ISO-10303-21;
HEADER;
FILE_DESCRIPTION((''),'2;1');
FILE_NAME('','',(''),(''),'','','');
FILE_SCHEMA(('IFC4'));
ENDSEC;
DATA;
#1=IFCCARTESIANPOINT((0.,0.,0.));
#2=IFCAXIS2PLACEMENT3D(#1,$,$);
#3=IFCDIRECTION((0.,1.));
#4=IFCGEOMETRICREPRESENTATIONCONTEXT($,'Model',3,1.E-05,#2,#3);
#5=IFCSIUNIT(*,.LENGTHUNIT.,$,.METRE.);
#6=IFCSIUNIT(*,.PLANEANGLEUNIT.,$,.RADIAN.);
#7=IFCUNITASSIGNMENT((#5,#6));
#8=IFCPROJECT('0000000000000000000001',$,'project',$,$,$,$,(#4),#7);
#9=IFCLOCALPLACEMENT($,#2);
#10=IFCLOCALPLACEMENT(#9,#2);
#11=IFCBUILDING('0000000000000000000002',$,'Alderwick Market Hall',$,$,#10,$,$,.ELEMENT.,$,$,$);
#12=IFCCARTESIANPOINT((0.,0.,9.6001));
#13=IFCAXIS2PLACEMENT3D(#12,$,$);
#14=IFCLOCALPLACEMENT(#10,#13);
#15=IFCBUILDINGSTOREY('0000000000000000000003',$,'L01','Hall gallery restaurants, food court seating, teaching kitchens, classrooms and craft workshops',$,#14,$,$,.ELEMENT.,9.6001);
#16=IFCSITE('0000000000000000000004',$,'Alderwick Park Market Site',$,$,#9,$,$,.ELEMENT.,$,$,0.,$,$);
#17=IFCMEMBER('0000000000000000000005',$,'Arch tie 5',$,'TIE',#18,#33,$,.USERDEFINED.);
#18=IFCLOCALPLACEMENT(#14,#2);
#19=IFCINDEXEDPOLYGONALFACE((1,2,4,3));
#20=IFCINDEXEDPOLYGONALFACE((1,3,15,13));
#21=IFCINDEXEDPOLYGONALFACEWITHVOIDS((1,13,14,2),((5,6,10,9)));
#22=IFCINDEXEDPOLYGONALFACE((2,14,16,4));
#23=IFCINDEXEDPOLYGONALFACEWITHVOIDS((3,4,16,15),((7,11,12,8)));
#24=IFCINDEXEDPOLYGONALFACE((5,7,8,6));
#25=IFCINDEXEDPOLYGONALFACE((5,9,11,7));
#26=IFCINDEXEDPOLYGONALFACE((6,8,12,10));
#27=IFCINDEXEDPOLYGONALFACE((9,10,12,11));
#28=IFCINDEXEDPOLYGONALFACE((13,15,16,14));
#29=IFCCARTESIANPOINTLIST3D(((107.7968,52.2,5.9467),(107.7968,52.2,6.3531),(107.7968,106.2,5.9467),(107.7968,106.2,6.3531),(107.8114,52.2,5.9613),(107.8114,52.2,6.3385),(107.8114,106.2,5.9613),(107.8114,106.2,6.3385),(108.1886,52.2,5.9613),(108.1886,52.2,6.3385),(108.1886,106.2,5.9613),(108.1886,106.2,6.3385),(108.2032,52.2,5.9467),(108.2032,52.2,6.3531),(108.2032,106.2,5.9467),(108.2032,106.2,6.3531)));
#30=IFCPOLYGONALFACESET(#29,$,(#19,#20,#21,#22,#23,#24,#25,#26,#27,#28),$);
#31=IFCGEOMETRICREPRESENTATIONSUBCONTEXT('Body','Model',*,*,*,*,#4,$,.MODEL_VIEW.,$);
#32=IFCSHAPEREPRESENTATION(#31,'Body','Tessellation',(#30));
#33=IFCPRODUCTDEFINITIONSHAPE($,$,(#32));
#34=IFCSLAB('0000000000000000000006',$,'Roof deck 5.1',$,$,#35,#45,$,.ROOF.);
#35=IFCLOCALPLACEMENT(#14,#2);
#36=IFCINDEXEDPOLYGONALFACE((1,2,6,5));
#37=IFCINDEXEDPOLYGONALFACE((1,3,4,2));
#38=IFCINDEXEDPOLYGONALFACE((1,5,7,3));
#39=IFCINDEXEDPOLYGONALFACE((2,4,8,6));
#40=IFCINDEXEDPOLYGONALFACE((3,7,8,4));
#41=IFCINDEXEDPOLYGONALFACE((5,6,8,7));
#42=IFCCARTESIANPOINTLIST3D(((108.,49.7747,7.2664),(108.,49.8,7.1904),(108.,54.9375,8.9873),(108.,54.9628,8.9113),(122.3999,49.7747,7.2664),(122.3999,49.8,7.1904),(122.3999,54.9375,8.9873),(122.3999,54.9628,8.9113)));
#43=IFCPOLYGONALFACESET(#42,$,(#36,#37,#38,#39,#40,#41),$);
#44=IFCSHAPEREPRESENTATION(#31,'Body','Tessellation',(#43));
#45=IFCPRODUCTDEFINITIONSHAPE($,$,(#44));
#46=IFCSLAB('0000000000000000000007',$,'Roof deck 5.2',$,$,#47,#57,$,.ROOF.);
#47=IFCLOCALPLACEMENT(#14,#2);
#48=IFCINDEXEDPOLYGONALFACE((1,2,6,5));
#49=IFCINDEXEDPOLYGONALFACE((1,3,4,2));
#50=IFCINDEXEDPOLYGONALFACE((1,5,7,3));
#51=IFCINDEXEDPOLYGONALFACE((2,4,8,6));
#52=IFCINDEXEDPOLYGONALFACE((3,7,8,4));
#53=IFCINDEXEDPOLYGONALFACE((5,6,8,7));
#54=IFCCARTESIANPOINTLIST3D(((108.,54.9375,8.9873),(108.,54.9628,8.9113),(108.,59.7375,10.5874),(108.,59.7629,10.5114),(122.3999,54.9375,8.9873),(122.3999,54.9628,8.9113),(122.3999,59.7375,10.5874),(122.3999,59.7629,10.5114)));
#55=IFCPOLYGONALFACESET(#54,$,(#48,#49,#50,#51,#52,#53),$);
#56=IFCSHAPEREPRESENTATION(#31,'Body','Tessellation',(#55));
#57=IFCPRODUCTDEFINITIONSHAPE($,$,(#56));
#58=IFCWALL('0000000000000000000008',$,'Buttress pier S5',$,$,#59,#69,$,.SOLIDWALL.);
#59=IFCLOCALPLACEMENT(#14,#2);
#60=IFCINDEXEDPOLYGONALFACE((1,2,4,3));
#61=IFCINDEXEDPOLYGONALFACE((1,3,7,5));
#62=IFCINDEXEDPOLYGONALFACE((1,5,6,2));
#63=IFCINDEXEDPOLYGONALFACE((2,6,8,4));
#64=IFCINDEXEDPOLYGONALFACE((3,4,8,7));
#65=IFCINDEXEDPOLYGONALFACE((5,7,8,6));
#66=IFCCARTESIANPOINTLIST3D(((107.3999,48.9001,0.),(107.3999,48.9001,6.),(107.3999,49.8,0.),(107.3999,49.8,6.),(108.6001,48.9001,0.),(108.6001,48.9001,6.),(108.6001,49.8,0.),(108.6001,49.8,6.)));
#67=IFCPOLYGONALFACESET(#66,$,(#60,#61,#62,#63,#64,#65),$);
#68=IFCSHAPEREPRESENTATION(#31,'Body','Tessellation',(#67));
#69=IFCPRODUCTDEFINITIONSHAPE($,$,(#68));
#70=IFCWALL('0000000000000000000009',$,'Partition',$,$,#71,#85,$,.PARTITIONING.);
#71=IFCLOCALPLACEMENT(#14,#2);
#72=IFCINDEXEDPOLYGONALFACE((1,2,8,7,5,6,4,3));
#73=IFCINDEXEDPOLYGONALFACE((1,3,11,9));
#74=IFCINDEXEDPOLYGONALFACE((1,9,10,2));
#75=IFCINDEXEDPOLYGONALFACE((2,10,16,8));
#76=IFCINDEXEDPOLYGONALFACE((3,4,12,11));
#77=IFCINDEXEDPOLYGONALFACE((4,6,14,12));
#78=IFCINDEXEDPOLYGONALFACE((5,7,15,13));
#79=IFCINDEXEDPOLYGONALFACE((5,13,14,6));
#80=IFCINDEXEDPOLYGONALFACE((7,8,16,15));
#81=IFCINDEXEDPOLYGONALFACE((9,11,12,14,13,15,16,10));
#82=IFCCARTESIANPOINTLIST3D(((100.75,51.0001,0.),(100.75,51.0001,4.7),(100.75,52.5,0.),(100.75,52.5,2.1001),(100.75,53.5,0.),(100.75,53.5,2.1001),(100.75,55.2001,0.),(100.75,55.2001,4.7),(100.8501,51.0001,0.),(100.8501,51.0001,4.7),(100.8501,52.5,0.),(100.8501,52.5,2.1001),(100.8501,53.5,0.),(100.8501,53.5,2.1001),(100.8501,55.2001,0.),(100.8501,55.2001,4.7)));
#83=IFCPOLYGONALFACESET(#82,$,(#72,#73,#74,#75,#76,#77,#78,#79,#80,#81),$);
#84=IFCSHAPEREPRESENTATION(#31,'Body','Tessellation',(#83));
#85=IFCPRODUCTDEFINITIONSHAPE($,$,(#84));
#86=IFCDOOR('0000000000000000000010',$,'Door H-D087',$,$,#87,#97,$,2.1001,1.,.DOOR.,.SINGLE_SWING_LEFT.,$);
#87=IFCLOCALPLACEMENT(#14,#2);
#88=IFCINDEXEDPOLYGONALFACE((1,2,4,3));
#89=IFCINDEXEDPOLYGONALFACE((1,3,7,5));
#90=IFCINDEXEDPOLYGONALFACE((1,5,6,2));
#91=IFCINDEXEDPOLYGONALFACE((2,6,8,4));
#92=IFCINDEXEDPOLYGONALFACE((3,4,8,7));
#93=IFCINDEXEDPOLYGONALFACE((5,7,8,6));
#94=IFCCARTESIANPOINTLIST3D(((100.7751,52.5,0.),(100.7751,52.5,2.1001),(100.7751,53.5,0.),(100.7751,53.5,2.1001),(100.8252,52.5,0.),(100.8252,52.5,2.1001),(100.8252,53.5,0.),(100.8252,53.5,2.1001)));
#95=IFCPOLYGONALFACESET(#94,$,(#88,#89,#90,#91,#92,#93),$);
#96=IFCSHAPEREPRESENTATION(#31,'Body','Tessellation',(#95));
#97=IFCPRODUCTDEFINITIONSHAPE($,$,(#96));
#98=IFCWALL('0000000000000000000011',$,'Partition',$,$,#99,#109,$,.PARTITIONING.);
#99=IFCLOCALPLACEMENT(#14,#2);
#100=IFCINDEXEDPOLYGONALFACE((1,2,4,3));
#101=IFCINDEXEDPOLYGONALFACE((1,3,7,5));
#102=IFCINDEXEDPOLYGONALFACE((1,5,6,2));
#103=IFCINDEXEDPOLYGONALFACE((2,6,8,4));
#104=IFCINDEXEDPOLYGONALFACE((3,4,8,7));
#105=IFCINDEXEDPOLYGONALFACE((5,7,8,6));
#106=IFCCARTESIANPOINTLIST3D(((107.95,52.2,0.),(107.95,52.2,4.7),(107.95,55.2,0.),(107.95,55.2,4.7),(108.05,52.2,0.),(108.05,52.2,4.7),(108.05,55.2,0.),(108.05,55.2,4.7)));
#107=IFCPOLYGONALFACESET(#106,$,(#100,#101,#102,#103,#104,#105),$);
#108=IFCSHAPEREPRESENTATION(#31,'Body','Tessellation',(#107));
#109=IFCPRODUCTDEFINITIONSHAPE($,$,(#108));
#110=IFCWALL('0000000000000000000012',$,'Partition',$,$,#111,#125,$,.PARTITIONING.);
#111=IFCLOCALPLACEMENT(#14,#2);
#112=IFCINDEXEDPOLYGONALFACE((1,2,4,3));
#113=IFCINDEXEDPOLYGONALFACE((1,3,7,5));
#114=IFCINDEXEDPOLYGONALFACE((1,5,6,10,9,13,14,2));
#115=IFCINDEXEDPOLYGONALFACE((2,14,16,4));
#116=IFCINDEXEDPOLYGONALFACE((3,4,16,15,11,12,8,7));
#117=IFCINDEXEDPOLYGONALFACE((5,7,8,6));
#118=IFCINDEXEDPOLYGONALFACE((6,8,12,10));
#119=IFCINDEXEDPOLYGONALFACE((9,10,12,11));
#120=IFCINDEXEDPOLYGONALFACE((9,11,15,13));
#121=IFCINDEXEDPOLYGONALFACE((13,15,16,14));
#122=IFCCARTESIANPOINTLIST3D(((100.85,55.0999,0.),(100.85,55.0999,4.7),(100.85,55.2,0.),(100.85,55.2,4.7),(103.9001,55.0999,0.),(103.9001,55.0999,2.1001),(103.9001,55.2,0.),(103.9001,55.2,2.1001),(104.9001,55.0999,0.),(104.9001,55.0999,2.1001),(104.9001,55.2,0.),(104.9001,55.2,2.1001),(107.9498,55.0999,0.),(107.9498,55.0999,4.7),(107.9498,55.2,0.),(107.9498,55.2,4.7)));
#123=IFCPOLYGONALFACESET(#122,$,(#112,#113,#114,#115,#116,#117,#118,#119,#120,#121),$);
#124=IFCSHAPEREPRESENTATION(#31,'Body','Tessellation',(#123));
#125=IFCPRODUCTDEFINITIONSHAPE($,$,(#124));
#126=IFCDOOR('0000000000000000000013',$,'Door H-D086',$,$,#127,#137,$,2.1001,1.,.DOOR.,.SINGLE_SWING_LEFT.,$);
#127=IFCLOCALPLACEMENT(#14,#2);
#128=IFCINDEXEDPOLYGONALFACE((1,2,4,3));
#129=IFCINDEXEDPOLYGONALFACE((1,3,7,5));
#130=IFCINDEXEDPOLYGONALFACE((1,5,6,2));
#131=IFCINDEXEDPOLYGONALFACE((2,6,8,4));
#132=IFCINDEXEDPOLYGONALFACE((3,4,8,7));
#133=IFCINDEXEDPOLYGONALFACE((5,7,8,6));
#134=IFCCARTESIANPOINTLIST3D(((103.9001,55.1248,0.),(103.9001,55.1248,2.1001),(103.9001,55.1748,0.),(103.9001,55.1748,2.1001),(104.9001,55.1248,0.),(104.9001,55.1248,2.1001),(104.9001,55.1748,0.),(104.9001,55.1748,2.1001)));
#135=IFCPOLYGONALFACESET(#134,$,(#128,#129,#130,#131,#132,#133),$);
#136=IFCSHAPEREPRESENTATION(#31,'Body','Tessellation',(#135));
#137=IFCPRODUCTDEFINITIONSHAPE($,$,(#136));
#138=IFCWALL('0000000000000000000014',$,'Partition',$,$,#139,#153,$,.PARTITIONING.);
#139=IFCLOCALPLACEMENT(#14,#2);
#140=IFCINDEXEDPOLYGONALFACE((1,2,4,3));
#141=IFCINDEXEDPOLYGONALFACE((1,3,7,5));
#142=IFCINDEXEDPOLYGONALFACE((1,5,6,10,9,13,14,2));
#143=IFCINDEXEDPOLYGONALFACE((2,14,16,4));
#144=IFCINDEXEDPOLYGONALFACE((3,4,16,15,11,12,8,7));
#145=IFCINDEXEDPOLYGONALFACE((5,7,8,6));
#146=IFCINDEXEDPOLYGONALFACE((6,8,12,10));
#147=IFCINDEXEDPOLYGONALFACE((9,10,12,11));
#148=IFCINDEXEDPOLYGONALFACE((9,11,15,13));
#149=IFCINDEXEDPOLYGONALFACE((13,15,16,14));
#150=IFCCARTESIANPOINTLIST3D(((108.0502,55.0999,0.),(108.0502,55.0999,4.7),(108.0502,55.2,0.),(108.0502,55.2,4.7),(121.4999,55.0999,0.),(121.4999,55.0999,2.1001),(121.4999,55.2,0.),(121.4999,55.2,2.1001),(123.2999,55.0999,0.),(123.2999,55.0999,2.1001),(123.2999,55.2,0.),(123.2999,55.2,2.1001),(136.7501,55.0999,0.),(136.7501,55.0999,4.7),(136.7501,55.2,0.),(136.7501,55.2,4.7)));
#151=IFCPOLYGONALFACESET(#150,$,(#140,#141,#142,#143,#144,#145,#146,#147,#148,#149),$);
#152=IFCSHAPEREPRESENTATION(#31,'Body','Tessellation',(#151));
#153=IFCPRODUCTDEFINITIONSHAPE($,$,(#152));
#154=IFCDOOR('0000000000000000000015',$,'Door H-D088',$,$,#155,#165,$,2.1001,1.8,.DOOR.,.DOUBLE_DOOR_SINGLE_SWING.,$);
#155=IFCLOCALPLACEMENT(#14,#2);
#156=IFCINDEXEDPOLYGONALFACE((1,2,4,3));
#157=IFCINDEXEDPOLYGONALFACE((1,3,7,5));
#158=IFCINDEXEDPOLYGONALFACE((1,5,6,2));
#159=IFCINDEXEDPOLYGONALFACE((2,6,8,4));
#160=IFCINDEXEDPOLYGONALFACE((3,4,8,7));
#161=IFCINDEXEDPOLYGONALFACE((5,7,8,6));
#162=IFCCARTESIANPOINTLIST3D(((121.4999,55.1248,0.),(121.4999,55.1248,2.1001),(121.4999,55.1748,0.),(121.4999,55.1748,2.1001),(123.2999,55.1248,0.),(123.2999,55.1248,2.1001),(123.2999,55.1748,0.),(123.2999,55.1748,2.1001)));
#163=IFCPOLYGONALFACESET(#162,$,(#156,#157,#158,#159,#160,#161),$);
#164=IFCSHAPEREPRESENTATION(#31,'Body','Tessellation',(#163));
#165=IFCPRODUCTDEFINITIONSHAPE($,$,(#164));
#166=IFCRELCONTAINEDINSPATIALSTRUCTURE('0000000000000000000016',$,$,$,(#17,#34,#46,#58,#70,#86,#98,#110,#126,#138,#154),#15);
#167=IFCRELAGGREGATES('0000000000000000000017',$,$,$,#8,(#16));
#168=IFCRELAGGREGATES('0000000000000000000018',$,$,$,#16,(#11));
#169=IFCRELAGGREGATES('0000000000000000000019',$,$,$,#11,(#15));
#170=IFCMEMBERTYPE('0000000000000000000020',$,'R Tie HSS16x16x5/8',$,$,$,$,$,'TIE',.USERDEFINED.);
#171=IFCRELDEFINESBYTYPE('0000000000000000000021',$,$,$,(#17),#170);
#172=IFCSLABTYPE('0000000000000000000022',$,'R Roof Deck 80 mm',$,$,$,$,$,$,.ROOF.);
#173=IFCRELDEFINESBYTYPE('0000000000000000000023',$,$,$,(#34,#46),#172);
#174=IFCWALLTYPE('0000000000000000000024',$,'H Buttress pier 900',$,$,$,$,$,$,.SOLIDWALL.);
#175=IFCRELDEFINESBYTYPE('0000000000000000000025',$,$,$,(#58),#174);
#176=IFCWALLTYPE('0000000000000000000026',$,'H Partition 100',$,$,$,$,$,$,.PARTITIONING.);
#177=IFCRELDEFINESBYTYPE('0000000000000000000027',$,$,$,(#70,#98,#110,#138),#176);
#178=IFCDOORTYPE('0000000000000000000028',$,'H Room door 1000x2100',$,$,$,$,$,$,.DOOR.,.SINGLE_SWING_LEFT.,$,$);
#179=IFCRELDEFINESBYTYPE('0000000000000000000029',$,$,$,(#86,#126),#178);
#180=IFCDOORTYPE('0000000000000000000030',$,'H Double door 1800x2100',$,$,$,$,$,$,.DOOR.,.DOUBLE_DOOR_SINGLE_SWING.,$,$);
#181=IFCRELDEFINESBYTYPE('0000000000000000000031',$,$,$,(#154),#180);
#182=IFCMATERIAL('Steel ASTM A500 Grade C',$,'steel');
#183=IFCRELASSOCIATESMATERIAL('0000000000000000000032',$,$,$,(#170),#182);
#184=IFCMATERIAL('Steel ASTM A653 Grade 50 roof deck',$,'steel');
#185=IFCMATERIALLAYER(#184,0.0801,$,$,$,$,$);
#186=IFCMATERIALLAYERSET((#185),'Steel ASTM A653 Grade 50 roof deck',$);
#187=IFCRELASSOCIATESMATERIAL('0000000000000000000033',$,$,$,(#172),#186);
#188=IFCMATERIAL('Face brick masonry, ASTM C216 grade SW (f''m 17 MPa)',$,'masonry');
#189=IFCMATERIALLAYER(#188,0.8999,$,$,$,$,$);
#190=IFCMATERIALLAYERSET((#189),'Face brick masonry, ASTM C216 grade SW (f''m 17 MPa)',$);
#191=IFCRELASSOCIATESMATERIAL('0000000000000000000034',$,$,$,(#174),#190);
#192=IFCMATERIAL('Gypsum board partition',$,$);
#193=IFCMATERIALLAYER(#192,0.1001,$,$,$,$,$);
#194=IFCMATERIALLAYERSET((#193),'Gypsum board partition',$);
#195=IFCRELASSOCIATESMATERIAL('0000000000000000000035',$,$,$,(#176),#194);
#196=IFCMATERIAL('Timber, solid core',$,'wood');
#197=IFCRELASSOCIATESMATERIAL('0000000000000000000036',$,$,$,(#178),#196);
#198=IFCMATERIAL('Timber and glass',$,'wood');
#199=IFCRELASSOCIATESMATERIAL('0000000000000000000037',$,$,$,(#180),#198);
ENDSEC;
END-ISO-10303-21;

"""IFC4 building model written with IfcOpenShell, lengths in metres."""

from ifc_helpers import new_model, si_unit, direction, frame, frame_2d, origin, origin_2d, place, context, subcontext, project, spatial, polyline, rectangle, hollow_rectangle, outline, extrude, material, layer, layer_set, material_profile, profile_set, type_object, element, fill, save


model = new_model("IFC4")

# Units and contexts
model_context = context("Model", 3, precision=1e-05, world=origin(), true_north=direction((0.0, 1.0)))
body_context = subcontext(model_context, "Body", "Model", "MODEL_VIEW")
ifc_project = project(units=[si_unit("LENGTHUNIT", "METRE"), si_unit("PLANEANGLEUNIT", "RADIAN")], contexts=[model_context])

# Site, building, storey
site_placement = place(None, origin())
site = spatial("IfcSite", under=ifc_project, at=site_placement, Name="Alderwick Park Market Site", CompositionType="ELEMENT", RefElevation=0.0)
building_placement = place(site_placement, origin())
building = spatial("IfcBuilding", under=site, at=building_placement, Name="Alderwick Market Hall", CompositionType="ELEMENT")
storey_placement = place(building_placement, frame((0.0, 0.0, 9.6001)))
storey = spatial("IfcBuildingStorey", under=building, at=storey_placement, Name="L01", Description="Hall gallery restaurants, food court seating, teaching kitchens, classrooms and craft workshops", CompositionType="ELEMENT", Elevation=9.6001)

# Member
ifc_material_1 = material(Name="Steel ASTM A500 Grade C", Category="steel")
ifc_material_profile_1 = material_profile(ifc_material_1, hollow_rectangle(XDim=0.4065, YDim=0.4065, WallThickness=0.0146, at=origin_2d()), Name="HSS16x16x5/8")
ifc_profile_set_1 = profile_set([ifc_material_profile_1], Name="Steel ASTM A500 Grade C")
member_type_1 = type_object("IfcMemberType", Name="R Tie HSS16x16x5/8", ElementType="TIE", PredefinedType="USERDEFINED", material=ifc_profile_set_1)
member_1_placement = place(storey_placement, frame((108.0, 52.2, 6.1499), z_axis=(0.0, 1.0, 0.0), x_axis=(-1.0, 0.0, 0.0)))
element("IfcMember", 1, at=member_1_placement, inside=storey, type_object=member_type_1, Name="Arch tie 5", ObjectType="TIE", PredefinedType="USERDEFINED", context=body_context, shape_type="SweptSolid", body=[
    extrude(hollow_rectangle(XDim=0.4065, YDim=0.4065, WallThickness=0.0146, at=origin_2d()), origin(), (0.0, 0.0, 1.0), 54.0),
])

# Slabs
ifc_material_2 = material(Name="Steel ASTM A653 Grade 50 roof deck", Category="steel")
ifc_layer_1 = layer(ifc_material_2, 0.0801)
ifc_layer_set_1 = layer_set([ifc_layer_1], Name="Steel ASTM A653 Grade 50 roof deck")
slab_type = type_object("IfcSlabType", Name="R Roof Deck 80 mm", PredefinedType="ROOF", material=ifc_layer_set_1)
slab_1_placement = place(storey_placement, frame((108.0, 49.7747, 7.2664), z_axis=(0.0, -0.316228, 0.948683), x_axis=(1.0, 0.0, 0.0)))
element("IfcSlab", 2, at=slab_1_placement, inside=storey, type_object=slab_type, Name="Roof deck 5.1", PredefinedType="ROOF", context=body_context, shape_type="SweptSolid", body=[
    extrude(outline(polyline([(0.0, 0.0), (14.3999, 0.0), (14.3999, 5.4421), (0.0, 5.4421), (0.0, 0.0)])), origin(), (0.0, 0.0, -1.0), 0.0801),
])
slab_2_placement = place(storey_placement, frame((108.0, 54.9375, 8.9873), z_axis=(0.0, -0.316242, 0.948678), x_axis=(1.0, 0.0, 0.0)))
element("IfcSlab", 3, at=slab_2_placement, inside=storey, type_object=slab_type, Name="Roof deck 5.2", PredefinedType="ROOF", context=body_context, shape_type="SweptSolid", body=[
    extrude(outline(polyline([(0.0, 0.0), (14.3999, 0.0), (14.3999, 5.0597), (0.0, 5.0597), (0.0, 0.0)])), origin(), (0.0, 0.0, -1.0), 0.0801),
])

# Wall
ifc_material_3 = material(Name="Face brick masonry, ASTM C216 grade SW (f'm 17 MPa)", Category="masonry")
ifc_layer_2 = layer(ifc_material_3, 0.8999)
ifc_layer_set_2 = layer_set([ifc_layer_2], Name="Face brick masonry, ASTM C216 grade SW (f'm 17 MPa)")
wall_type_1 = type_object("IfcWallType", Name="H Buttress pier 900", PredefinedType="SOLIDWALL", material=ifc_layer_set_2)
wall_1_placement = place(storey_placement, frame((107.3999, 49.3501, 0.0), z_axis=(0.0, 0.0, 1.0), x_axis=(1.0, 0.0, 0.0)))
element("IfcWall", 4, at=wall_1_placement, inside=storey, type_object=wall_type_1, Name="Buttress pier S5", PredefinedType="SOLIDWALL", context=body_context, shape_type="SweptSolid", body=[
    extrude(rectangle(XDim=1.2002, YDim=0.8999, at=frame_2d((0.6001, 0.0))), origin(), (0.0, 0.0, 1.0), 6.0),
])

# Wall, opening, door
ifc_material_4 = material(Name="Gypsum board partition")
ifc_layer_3 = layer(ifc_material_4, 0.1001)
ifc_layer_set_3 = layer_set([ifc_layer_3], Name="Gypsum board partition")
wall_type_2 = type_object("IfcWallType", Name="H Partition 100", PredefinedType="PARTITIONING", material=ifc_layer_set_3)
wall_2_placement = place(storey_placement, frame((100.8, 51.0, 0.0), z_axis=(0.0, 0.0, 1.0), x_axis=(0.0, 1.0, 0.0)))
wall_2 = element("IfcWall", 5, at=wall_2_placement, inside=storey, type_object=wall_type_2, Name="Partition", PredefinedType="PARTITIONING", context=body_context, shape_type="SweptSolid", body=[
    extrude(rectangle(XDim=4.2, YDim=0.1001, at=frame_2d((2.1001, 0.0))), origin(), (0.0, 0.0, 1.0), 4.7),
])
opening_1_placement = place(wall_2_placement, frame((1.5, 0.0, 0.0)))
opening_1 = element("IfcOpeningElement", 6, at=opening_1_placement, cuts=wall_2, PredefinedType="OPENING", context=body_context, shape_type="SweptSolid", body=[
    extrude(rectangle(XDim=1.0, YDim=2.1001, at=frame_2d((0.5, 1.05))), frame((0.0, 0.0601, 0.0), z_axis=(0.0, -1.0, 0.0), x_axis=(1.0, 0.0, 0.0)), (0.0, 0.0, 1.0), 0.1201),
])
ifc_material_5 = material(Name="Timber, solid core", Category="wood")
door_type_1 = type_object("IfcDoorType", Name="H Room door 1000x2100", OperationType="SINGLE_SWING_LEFT", PredefinedType="DOOR", material=ifc_material_5)
door_1_placement = place(opening_1_placement, origin())
door_1 = element("IfcDoor", 7, at=door_1_placement, inside=storey, type_object=door_type_1, Name="Door H-D087", OperationType="SINGLE_SWING_LEFT", OverallHeight=2.1001, OverallWidth=1.0, PredefinedType="DOOR", context=body_context, shape_type="SweptSolid", body=[
    extrude(rectangle(XDim=1.0, YDim=2.1001, at=frame_2d((0.5, 1.05))), frame((0.0, 0.0249, 0.0), z_axis=(0.0, -1.0, 0.0), x_axis=(1.0, 0.0, 0.0)), (0.0, 0.0, 1.0), 0.05),
])
fill(opening_1, door_1)

# Wall
wall_3_placement = place(storey_placement, frame((108.0, 52.2, 0.0), z_axis=(0.0, 0.0, 1.0), x_axis=(0.0, 1.0, 0.0)))
element("IfcWall", 8, at=wall_3_placement, inside=storey, type_object=wall_type_2, Name="Partition", PredefinedType="PARTITIONING", context=body_context, shape_type="SweptSolid", body=[
    extrude(rectangle(XDim=3.0, YDim=0.1001, at=frame_2d((1.5, 0.0))), origin(), (0.0, 0.0, 1.0), 4.7),
])

# Walls, openings, doors
wall_4_placement = place(storey_placement, frame((100.8501, 55.1499, 0.0), z_axis=(0.0, 0.0, 1.0), x_axis=(1.0, 0.0, 0.0)))
wall_4 = element("IfcWall", 9, at=wall_4_placement, inside=storey, type_object=wall_type_2, Name="Partition", PredefinedType="PARTITIONING", context=body_context, shape_type="SweptSolid", body=[
    extrude(rectangle(XDim=7.0999, YDim=0.1001, at=frame_2d((3.5498, 0.0))), origin(), (0.0, 0.0, 1.0), 4.7),
])
opening_2_placement = place(wall_4_placement, frame((3.05, 0.0, 0.0)))
opening_2 = element("IfcOpeningElement", 10, at=opening_2_placement, cuts=wall_4, PredefinedType="OPENING", context=body_context, shape_type="SweptSolid", body=[
    extrude(rectangle(XDim=1.0, YDim=2.1001, at=frame_2d((0.5, 1.05))), frame((0.0, 0.0601, 0.0), z_axis=(0.0, -1.0, 0.0), x_axis=(1.0, 0.0, 0.0)), (0.0, 0.0, 1.0), 0.1201),
])
door_2_placement = place(opening_2_placement, origin())
door_2 = element("IfcDoor", 11, at=door_2_placement, inside=storey, type_object=door_type_1, Name="Door H-D086", OperationType="SINGLE_SWING_LEFT", OverallHeight=2.1001, OverallWidth=1.0, PredefinedType="DOOR", context=body_context, shape_type="SweptSolid", body=[
    extrude(rectangle(XDim=1.0, YDim=2.1001, at=frame_2d((0.5, 1.05))), frame((0.0, 0.0249, 0.0), z_axis=(0.0, -1.0, 0.0), x_axis=(1.0, 0.0, 0.0)), (0.0, 0.0, 1.0), 0.05),
])
fill(opening_2, door_2)
wall_5_placement = place(storey_placement, frame((108.05, 55.1499, 0.0), z_axis=(0.0, 0.0, 1.0), x_axis=(1.0, 0.0, 0.0)))
wall_5 = element("IfcWall", 12, at=wall_5_placement, inside=storey, type_object=wall_type_2, Name="Partition", PredefinedType="PARTITIONING", context=body_context, shape_type="SweptSolid", body=[
    extrude(rectangle(XDim=28.7, YDim=0.1001, at=frame_2d((14.3501, 0.0))), origin(), (0.0, 0.0, 1.0), 4.7),
])
opening_3_placement = place(wall_5_placement, frame((13.45, 0.0, 0.0)))
opening_3 = element("IfcOpeningElement", 13, at=opening_3_placement, cuts=wall_5, PredefinedType="OPENING", context=body_context, shape_type="SweptSolid", body=[
    extrude(rectangle(XDim=1.8, YDim=2.1001, at=frame_2d((0.8999, 1.05))), frame((0.0, 0.0601, 0.0), z_axis=(0.0, -1.0, 0.0), x_axis=(1.0, 0.0, 0.0)), (0.0, 0.0, 1.0), 0.1201),
])
ifc_material_6 = material(Name="Timber and glass", Category="wood")
door_type_2 = type_object("IfcDoorType", Name="H Double door 1800x2100", OperationType="DOUBLE_DOOR_SINGLE_SWING", PredefinedType="DOOR", material=ifc_material_6)
door_3_placement = place(opening_3_placement, origin())
door_3 = element("IfcDoor", 14, at=door_3_placement, inside=storey, type_object=door_type_2, Name="Door H-D088", OperationType="DOUBLE_DOOR_SINGLE_SWING", OverallHeight=2.1001, OverallWidth=1.8, PredefinedType="DOOR", context=body_context, shape_type="SweptSolid", body=[
    extrude(rectangle(XDim=1.8, YDim=2.1001, at=frame_2d((0.8999, 1.05))), frame((0.0, 0.0249, 0.0), z_axis=(0.0, -1.0, 0.0), x_axis=(1.0, 0.0, 0.0)), (0.0, 0.0, 1.0), 0.05),
])
fill(opening_3, door_3)

save(model, "model.ifc")
